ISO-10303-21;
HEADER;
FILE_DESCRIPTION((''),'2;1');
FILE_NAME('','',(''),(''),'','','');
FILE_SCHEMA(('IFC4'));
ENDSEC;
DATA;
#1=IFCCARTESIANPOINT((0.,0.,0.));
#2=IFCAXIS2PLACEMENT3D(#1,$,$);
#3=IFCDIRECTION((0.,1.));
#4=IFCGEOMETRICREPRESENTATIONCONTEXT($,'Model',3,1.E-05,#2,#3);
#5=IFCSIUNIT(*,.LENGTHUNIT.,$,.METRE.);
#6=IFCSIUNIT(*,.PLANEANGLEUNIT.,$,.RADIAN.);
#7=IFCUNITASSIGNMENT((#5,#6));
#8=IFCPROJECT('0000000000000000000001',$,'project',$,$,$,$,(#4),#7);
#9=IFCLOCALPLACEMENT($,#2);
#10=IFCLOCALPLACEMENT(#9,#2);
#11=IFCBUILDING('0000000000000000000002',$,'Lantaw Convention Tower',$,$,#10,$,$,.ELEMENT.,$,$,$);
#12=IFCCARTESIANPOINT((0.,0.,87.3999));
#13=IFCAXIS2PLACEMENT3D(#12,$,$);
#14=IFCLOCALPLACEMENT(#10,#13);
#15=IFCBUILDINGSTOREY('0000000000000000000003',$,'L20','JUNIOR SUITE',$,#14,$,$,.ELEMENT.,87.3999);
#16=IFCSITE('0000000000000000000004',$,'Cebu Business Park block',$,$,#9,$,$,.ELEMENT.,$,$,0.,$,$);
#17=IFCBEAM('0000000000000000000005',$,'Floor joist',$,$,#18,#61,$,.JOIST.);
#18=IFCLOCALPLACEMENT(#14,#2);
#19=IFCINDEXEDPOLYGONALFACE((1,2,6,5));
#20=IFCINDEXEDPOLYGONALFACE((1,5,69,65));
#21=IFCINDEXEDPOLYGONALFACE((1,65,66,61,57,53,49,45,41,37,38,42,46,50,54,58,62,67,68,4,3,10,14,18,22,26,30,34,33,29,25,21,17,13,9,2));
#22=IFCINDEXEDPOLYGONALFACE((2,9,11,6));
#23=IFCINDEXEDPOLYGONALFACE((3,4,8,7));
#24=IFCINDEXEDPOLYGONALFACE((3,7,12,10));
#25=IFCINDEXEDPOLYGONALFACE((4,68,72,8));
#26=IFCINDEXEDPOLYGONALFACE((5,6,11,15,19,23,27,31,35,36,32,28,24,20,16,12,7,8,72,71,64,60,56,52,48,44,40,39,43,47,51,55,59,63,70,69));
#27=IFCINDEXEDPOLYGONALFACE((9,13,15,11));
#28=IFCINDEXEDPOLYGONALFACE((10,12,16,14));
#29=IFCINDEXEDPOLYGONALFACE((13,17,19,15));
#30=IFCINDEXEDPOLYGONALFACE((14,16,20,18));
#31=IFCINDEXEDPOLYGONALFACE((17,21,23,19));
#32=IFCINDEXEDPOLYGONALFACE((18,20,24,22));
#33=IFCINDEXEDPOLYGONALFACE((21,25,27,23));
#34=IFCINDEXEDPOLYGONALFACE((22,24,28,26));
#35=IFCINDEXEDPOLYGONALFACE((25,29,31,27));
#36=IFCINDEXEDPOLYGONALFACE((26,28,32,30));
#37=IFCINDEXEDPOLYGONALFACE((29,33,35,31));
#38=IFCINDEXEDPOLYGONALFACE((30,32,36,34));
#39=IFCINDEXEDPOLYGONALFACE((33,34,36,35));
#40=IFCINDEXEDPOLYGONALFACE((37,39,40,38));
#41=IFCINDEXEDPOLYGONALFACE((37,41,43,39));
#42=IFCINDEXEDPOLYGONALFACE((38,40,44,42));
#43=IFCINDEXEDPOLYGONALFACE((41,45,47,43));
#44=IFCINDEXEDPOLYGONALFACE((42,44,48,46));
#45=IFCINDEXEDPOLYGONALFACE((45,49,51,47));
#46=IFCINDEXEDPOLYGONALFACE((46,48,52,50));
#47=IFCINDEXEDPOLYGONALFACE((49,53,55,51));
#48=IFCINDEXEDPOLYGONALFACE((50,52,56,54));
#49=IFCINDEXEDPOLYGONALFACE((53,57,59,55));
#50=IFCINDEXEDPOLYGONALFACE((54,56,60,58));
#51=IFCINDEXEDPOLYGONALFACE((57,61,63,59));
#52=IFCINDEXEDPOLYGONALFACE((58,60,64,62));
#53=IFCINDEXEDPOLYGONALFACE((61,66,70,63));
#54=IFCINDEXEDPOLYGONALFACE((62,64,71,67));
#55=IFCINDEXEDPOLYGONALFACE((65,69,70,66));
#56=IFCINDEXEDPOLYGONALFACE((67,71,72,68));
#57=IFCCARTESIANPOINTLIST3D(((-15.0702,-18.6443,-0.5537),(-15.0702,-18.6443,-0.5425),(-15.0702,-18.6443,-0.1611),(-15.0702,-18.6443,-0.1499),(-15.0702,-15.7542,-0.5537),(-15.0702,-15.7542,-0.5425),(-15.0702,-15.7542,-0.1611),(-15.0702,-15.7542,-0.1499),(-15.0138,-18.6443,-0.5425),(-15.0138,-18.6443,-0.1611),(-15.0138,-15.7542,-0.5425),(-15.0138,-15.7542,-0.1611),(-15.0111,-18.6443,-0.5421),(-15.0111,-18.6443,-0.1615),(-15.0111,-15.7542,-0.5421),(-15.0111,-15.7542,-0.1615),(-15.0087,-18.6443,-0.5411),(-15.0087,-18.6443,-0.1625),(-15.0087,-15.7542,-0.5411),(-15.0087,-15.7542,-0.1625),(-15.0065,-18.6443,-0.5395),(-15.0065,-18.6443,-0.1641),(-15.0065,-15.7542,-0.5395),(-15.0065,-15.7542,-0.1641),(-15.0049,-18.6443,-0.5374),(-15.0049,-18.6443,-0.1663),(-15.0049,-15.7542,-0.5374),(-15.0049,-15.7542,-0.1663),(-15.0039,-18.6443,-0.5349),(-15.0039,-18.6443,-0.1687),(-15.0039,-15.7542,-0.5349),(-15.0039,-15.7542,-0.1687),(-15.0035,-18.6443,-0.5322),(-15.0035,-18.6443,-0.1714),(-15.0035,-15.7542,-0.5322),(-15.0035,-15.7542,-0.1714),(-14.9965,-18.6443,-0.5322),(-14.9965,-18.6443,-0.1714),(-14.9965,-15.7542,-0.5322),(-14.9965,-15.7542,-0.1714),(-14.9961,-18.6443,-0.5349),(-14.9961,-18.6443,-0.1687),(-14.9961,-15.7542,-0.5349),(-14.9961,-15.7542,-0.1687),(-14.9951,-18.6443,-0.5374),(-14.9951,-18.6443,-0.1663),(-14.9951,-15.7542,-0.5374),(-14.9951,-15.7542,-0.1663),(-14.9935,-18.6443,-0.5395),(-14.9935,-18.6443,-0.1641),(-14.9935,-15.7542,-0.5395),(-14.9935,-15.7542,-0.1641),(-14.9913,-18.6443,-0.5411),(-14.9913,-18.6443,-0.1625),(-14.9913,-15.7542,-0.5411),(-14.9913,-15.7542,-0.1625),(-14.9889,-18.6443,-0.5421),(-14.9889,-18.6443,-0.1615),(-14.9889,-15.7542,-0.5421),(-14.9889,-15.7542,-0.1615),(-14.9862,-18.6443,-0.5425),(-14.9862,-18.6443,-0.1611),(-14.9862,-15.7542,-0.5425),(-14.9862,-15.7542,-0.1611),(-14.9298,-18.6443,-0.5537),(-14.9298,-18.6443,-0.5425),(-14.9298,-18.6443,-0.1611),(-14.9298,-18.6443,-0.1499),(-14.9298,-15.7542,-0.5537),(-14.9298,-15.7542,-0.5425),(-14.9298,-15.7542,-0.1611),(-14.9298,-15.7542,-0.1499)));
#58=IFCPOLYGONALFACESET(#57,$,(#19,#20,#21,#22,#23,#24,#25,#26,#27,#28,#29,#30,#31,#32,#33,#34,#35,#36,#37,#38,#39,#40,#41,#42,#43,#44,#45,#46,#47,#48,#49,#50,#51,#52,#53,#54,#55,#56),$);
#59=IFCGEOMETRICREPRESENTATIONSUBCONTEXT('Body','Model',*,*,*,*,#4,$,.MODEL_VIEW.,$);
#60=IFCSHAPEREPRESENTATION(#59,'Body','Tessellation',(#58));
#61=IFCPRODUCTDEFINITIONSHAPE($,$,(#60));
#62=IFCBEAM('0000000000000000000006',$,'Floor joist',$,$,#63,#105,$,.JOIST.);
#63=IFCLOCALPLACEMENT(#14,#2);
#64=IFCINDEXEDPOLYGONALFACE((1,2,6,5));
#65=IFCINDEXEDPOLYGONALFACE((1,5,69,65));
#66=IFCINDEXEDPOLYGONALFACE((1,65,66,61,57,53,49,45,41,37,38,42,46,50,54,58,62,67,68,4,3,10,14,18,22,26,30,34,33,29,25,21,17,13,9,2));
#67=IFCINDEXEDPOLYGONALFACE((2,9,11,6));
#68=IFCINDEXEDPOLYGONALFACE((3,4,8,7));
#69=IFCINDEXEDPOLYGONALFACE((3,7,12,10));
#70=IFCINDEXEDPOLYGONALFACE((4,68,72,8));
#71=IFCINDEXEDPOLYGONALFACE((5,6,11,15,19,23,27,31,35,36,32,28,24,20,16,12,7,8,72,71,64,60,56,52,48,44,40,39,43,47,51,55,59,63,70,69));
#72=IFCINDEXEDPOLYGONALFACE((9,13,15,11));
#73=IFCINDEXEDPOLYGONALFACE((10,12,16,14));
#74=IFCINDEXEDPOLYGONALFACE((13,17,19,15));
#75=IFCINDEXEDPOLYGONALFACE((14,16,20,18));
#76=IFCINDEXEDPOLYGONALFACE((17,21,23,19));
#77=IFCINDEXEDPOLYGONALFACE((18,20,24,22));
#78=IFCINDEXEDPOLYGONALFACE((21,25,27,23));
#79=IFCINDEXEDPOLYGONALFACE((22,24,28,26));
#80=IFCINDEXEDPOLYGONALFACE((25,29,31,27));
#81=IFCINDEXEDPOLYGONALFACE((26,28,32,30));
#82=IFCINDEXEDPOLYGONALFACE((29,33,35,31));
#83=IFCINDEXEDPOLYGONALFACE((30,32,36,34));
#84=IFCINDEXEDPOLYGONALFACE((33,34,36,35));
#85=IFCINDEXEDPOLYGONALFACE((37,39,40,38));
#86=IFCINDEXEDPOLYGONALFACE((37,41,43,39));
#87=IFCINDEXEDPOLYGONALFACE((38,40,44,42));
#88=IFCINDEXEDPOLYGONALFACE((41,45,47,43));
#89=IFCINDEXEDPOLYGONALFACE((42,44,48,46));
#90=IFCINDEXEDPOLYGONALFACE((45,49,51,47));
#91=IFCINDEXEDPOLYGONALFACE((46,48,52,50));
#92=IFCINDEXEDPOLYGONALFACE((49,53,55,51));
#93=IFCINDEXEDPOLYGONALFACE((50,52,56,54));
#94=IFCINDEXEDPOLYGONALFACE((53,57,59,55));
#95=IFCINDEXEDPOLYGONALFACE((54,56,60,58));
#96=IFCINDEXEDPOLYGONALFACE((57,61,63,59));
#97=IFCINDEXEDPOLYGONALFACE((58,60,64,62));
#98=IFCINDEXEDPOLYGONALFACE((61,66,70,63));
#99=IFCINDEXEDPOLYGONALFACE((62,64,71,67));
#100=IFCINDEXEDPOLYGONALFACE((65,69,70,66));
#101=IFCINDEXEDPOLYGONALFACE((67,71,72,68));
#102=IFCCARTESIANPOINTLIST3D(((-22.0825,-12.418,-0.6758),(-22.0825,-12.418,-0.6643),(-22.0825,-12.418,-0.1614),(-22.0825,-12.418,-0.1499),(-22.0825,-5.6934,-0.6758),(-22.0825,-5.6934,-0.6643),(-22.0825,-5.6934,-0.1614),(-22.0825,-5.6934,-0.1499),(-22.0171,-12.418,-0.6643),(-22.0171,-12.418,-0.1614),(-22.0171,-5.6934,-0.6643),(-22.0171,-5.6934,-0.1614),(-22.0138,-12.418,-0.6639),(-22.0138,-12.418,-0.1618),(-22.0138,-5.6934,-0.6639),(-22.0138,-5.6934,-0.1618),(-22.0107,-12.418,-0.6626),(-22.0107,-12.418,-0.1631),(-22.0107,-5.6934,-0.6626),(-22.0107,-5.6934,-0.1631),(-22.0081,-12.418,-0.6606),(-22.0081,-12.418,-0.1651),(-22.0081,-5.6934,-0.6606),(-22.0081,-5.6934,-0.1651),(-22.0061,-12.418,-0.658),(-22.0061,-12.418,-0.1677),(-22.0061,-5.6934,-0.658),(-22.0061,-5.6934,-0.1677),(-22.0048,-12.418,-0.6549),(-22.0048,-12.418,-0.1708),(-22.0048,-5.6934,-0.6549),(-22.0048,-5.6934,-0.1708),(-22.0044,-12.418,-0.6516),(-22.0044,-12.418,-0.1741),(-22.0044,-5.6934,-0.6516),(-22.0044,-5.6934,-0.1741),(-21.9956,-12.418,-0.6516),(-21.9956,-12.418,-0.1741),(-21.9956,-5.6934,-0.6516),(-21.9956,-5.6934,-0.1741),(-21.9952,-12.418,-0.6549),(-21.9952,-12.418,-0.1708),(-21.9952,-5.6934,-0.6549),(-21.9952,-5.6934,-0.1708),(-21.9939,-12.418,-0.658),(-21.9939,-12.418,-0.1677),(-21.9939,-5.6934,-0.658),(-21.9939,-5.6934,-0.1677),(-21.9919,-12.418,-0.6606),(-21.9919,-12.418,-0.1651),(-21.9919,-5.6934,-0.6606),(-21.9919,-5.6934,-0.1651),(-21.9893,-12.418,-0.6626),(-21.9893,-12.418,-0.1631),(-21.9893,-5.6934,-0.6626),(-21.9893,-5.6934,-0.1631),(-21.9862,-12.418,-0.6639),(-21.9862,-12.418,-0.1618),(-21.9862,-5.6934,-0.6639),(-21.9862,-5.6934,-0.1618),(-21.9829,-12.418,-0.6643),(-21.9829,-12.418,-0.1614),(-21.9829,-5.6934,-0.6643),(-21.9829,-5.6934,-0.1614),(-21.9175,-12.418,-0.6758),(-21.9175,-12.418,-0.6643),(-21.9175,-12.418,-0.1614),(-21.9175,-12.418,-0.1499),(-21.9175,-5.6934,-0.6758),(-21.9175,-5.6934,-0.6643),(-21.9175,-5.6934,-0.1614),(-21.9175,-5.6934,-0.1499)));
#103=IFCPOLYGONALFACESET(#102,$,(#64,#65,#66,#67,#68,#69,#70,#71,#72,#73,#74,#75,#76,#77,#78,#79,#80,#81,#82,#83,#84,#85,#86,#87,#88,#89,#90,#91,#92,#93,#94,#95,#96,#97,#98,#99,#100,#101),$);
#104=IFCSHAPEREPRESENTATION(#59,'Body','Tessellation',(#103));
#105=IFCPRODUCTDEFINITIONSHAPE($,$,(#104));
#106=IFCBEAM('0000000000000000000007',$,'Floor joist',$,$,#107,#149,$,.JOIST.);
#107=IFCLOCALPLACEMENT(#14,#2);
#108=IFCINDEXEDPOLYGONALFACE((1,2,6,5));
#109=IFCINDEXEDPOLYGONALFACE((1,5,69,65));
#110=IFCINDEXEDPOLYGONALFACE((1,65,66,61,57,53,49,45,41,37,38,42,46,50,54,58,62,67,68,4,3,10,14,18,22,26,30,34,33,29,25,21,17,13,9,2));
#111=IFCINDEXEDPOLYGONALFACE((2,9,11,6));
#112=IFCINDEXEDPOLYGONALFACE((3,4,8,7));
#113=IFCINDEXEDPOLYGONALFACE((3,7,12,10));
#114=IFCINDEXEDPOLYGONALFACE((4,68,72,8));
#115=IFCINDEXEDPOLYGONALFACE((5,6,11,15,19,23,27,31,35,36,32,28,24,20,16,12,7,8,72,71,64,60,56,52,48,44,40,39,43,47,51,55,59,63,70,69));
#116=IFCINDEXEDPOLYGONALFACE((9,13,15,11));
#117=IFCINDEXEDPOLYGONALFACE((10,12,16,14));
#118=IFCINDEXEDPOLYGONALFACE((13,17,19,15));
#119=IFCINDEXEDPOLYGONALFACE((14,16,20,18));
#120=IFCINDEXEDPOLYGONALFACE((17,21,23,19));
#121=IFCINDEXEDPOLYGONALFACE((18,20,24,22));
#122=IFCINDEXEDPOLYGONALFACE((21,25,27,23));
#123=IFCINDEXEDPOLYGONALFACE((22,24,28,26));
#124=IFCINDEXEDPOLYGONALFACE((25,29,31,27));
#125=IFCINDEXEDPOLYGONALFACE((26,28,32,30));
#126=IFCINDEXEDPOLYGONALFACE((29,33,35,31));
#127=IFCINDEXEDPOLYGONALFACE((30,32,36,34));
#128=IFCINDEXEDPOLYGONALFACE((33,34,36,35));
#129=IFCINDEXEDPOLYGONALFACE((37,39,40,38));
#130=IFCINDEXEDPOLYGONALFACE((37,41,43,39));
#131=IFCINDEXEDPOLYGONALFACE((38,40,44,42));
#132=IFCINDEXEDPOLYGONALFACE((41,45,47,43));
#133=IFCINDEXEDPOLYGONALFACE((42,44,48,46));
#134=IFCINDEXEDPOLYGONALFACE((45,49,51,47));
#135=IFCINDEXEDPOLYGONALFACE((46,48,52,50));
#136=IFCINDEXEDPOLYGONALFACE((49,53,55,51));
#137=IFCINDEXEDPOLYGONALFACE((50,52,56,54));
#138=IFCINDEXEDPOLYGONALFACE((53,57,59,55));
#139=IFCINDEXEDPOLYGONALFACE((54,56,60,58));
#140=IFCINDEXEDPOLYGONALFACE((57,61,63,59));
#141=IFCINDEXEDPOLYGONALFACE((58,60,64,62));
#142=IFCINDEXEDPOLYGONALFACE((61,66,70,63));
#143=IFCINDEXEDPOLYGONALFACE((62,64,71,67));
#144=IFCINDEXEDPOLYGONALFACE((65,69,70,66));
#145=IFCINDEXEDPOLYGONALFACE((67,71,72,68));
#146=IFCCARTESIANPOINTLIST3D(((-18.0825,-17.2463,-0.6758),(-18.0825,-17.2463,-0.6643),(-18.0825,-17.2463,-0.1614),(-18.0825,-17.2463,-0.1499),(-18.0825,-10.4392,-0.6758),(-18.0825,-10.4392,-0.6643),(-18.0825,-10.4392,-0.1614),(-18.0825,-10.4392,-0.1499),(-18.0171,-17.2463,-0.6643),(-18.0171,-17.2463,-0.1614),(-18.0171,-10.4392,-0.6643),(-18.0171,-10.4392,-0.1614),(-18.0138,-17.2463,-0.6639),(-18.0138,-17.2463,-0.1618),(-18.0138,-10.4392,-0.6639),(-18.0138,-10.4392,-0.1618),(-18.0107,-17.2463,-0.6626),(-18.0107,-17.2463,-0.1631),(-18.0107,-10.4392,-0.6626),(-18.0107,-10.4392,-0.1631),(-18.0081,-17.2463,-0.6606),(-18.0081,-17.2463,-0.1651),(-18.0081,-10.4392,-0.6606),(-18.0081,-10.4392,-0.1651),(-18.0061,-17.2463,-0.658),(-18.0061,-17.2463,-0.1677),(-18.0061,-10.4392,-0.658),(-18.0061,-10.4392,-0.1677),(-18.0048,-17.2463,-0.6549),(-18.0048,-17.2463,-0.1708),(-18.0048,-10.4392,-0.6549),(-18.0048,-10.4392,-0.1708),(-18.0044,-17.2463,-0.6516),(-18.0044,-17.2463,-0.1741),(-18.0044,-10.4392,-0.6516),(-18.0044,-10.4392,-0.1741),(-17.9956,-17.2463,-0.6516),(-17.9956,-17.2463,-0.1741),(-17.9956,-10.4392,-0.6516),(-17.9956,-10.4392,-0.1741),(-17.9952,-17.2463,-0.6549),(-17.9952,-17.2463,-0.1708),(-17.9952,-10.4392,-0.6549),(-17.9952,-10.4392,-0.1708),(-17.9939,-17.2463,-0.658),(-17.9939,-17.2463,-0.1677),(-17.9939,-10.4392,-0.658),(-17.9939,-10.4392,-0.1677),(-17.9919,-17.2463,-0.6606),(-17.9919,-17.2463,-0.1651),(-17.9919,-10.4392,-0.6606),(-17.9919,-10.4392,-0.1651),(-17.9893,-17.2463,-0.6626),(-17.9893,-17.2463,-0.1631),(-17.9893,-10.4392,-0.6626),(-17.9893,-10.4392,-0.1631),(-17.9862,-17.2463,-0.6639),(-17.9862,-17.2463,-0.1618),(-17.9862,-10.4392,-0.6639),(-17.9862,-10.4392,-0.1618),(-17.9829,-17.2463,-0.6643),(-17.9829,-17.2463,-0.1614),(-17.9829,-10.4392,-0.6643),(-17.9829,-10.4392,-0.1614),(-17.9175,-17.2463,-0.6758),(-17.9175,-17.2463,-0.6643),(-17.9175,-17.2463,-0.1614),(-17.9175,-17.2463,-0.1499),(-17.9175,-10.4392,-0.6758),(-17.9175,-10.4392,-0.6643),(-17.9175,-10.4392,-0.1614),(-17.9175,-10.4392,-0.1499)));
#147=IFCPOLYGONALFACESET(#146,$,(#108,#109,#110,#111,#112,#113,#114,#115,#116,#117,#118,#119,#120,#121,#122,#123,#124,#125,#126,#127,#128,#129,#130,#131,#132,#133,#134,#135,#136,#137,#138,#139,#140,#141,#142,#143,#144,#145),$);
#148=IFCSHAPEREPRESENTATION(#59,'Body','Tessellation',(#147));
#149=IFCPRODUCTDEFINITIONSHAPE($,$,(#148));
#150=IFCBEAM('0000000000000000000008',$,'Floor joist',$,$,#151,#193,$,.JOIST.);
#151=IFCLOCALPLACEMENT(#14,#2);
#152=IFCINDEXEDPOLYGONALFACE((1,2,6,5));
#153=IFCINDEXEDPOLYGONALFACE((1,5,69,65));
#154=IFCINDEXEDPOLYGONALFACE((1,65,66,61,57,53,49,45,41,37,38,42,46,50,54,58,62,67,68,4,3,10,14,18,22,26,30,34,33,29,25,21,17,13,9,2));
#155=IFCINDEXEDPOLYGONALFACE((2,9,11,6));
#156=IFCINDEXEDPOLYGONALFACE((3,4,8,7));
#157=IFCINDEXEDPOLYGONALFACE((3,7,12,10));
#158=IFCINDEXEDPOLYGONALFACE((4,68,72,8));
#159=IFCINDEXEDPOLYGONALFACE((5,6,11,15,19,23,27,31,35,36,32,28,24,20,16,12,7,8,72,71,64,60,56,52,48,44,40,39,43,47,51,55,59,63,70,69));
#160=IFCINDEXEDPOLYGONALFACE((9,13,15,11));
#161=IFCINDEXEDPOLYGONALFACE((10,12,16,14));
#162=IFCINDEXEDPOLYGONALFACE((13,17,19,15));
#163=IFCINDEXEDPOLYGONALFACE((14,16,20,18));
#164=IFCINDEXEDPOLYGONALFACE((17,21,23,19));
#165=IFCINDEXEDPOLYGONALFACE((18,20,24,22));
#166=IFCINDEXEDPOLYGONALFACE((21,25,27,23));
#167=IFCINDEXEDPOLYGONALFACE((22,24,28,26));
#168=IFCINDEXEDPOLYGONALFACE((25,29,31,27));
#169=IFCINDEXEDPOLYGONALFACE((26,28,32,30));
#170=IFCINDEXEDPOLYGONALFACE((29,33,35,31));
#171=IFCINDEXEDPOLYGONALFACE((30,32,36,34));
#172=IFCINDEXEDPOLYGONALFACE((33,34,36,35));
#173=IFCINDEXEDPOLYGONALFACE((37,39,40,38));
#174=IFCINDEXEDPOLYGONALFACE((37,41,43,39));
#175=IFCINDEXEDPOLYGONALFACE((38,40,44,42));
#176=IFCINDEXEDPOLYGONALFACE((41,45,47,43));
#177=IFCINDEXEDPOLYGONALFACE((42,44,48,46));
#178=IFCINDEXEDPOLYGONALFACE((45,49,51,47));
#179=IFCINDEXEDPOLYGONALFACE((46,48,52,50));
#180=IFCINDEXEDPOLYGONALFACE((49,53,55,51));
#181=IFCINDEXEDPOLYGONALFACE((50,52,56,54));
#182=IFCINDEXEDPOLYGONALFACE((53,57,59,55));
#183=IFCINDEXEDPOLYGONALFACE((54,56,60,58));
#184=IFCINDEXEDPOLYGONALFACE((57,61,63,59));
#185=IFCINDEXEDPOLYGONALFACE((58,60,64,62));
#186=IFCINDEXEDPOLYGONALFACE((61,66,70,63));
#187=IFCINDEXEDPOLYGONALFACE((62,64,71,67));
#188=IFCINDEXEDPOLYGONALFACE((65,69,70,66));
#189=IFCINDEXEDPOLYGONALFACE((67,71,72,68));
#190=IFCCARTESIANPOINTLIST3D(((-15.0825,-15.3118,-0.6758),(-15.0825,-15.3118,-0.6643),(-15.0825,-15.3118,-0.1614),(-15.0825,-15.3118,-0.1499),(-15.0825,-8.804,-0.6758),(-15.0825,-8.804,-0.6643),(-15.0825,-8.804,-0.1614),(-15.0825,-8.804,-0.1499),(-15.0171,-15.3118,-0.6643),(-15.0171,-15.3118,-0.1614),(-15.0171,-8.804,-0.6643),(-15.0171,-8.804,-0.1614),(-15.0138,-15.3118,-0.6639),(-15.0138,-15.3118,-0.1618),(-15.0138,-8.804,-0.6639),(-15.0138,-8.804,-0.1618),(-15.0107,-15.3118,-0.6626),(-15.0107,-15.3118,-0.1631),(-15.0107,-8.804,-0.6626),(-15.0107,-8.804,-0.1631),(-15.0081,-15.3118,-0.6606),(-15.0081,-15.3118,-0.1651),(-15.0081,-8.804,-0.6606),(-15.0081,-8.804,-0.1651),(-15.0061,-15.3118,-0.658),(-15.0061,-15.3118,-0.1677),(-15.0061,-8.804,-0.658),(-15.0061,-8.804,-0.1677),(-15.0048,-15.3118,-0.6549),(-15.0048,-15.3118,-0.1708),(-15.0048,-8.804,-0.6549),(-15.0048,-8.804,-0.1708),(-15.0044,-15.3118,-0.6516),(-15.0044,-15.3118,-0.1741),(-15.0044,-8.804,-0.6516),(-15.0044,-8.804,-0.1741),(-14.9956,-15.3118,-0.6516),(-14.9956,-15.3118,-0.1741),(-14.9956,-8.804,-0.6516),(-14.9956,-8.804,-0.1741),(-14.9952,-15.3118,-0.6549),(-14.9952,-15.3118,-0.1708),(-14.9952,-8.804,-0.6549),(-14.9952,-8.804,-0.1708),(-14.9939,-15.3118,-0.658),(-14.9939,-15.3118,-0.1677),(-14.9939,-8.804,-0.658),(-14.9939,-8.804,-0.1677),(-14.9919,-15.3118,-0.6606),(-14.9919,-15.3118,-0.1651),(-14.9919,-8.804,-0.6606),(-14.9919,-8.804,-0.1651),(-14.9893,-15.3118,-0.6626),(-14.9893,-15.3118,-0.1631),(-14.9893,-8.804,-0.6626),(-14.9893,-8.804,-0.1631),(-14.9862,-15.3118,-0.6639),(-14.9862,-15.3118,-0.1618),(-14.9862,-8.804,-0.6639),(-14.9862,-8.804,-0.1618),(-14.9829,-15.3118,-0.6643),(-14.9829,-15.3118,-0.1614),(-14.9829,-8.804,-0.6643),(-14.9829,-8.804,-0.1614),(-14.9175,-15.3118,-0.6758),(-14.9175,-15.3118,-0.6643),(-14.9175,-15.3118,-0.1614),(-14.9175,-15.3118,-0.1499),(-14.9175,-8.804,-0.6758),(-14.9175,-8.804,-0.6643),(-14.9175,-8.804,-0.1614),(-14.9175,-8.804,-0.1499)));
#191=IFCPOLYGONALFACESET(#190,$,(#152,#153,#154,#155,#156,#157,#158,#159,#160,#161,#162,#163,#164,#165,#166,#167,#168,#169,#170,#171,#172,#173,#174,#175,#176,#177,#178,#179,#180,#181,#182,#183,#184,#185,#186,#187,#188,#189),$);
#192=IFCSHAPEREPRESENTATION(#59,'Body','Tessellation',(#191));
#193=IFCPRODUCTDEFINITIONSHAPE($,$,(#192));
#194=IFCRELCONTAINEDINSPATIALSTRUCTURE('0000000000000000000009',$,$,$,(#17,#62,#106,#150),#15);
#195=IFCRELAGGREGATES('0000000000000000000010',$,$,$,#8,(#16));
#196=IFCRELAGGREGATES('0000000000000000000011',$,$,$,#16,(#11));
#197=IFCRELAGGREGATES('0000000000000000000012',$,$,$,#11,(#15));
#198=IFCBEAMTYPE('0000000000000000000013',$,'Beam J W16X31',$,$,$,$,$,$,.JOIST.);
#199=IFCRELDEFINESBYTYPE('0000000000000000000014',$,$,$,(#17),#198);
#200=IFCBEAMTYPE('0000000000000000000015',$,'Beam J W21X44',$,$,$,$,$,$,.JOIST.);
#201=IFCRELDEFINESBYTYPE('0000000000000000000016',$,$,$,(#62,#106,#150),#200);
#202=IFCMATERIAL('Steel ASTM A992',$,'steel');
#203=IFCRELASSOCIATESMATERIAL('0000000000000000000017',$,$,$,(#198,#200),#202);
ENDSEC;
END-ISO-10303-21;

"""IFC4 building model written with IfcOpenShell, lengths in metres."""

from ifc_helpers import new_model, si_unit, direction, frame, origin, origin_2d, place, context, subcontext, project, spatial, i_section, extrude, material, material_profile, profile_set, type_object, element, save


model = new_model("IFC4")

# Units and contexts
model_context = context("Model", 3, precision=1e-05, world=origin(), true_north=direction((0.0, 1.0)))
body_context = subcontext(model_context, "Body", "Model", "MODEL_VIEW")
ifc_project = project(units=[si_unit("LENGTHUNIT", "METRE"), si_unit("PLANEANGLEUNIT", "RADIAN")], contexts=[model_context])

# Site, building, storey
site_placement = place(None, origin())
site = spatial("IfcSite", under=ifc_project, at=site_placement, Name="Cebu Business Park block", CompositionType="ELEMENT", RefElevation=0.0)
building_placement = place(site_placement, origin())
building = spatial("IfcBuilding", under=site, at=building_placement, Name="Lantaw Convention Tower", CompositionType="ELEMENT")
storey_placement = place(building_placement, frame((0.0, 0.0, 87.3999)))
storey = spatial("IfcBuildingStorey", under=building, at=storey_placement, Name="L20", Description="JUNIOR SUITE", CompositionType="ELEMENT", Elevation=87.3999)

# Beams
ifc_material_1 = material(Name="Steel ASTM A992", Category="steel")
ifc_material_profile_1 = material_profile(ifc_material_1, i_section(OverallWidth=0.1404, OverallDepth=0.4038, WebThickness=0.0071, FlangeThickness=0.0112, FilletRadius=0.0103, at=origin_2d()), Name="W16X31")
ifc_profile_set_1 = profile_set([ifc_material_profile_1], Name="Steel ASTM A992")
beam_type_1 = type_object("IfcBeamType", Name="Beam J W16X31", PredefinedType="JOIST", material=ifc_profile_set_1)
beam_1_placement = place(storey_placement, frame((-15.0, -18.6443, -0.3518), z_axis=(0.0, 1.0, 0.0), x_axis=(-1.0, 0.0, 0.0)))
element("IfcBeam", 1, at=beam_1_placement, inside=storey, type_object=beam_type_1, Name="Floor joist", PredefinedType="JOIST", context=body_context, shape_type="SweptSolid", body=[
    extrude(i_section(OverallWidth=0.1404, OverallDepth=0.4038, WebThickness=0.0071, FlangeThickness=0.0112, FilletRadius=0.0103, at=origin_2d()), origin(), (0.0, 0.0, 1.0), 2.8901),
])
ifc_material_profile_2 = material_profile(ifc_material_1, i_section(OverallWidth=0.165, OverallDepth=0.5259, WebThickness=0.0088, FlangeThickness=0.0115, FilletRadius=0.0127, at=origin_2d()), Name="W21X44")
ifc_profile_set_2 = profile_set([ifc_material_profile_2], Name="Steel ASTM A992")
beam_type_2 = type_object("IfcBeamType", Name="Beam J W21X44", PredefinedType="JOIST", material=ifc_profile_set_2)
beam_2_placement = place(storey_placement, frame((-22.0, -12.418, -0.4128), z_axis=(0.0, 1.0, 0.0), x_axis=(-1.0, 0.0, 0.0)))
element("IfcBeam", 2, at=beam_2_placement, inside=storey, type_object=beam_type_2, Name="Floor joist", PredefinedType="JOIST", context=body_context, shape_type="SweptSolid", body=[
    extrude(i_section(OverallWidth=0.165, OverallDepth=0.5259, WebThickness=0.0088, FlangeThickness=0.0115, FilletRadius=0.0127, at=origin_2d()), origin(), (0.0, 0.0, 1.0), 6.7246),
])
beam_3_placement = place(storey_placement, frame((-18.0, -17.2463, -0.4128), z_axis=(0.0, 1.0, 0.0), x_axis=(-1.0, 0.0, 0.0)))
element("IfcBeam", 3, at=beam_3_placement, inside=storey, type_object=beam_type_2, Name="Floor joist", PredefinedType="JOIST", context=body_context, shape_type="SweptSolid", body=[
    extrude(i_section(OverallWidth=0.165, OverallDepth=0.5259, WebThickness=0.0088, FlangeThickness=0.0115, FilletRadius=0.0127, at=origin_2d()), origin(), (0.0, 0.0, 1.0), 6.8071),
])
beam_4_placement = place(storey_placement, frame((-15.0, -15.3118, -0.4128), z_axis=(0.0, 1.0, 0.0), x_axis=(-1.0, 0.0, 0.0)))
element("IfcBeam", 4, at=beam_4_placement, inside=storey, type_object=beam_type_2, Name="Floor joist", PredefinedType="JOIST", context=body_context, shape_type="SweptSolid", body=[
    extrude(i_section(OverallWidth=0.165, OverallDepth=0.5259, WebThickness=0.0088, FlangeThickness=0.0115, FilletRadius=0.0127, at=origin_2d()), origin(), (0.0, 0.0, 1.0), 6.5078),
])

save(model, "model.ifc")
